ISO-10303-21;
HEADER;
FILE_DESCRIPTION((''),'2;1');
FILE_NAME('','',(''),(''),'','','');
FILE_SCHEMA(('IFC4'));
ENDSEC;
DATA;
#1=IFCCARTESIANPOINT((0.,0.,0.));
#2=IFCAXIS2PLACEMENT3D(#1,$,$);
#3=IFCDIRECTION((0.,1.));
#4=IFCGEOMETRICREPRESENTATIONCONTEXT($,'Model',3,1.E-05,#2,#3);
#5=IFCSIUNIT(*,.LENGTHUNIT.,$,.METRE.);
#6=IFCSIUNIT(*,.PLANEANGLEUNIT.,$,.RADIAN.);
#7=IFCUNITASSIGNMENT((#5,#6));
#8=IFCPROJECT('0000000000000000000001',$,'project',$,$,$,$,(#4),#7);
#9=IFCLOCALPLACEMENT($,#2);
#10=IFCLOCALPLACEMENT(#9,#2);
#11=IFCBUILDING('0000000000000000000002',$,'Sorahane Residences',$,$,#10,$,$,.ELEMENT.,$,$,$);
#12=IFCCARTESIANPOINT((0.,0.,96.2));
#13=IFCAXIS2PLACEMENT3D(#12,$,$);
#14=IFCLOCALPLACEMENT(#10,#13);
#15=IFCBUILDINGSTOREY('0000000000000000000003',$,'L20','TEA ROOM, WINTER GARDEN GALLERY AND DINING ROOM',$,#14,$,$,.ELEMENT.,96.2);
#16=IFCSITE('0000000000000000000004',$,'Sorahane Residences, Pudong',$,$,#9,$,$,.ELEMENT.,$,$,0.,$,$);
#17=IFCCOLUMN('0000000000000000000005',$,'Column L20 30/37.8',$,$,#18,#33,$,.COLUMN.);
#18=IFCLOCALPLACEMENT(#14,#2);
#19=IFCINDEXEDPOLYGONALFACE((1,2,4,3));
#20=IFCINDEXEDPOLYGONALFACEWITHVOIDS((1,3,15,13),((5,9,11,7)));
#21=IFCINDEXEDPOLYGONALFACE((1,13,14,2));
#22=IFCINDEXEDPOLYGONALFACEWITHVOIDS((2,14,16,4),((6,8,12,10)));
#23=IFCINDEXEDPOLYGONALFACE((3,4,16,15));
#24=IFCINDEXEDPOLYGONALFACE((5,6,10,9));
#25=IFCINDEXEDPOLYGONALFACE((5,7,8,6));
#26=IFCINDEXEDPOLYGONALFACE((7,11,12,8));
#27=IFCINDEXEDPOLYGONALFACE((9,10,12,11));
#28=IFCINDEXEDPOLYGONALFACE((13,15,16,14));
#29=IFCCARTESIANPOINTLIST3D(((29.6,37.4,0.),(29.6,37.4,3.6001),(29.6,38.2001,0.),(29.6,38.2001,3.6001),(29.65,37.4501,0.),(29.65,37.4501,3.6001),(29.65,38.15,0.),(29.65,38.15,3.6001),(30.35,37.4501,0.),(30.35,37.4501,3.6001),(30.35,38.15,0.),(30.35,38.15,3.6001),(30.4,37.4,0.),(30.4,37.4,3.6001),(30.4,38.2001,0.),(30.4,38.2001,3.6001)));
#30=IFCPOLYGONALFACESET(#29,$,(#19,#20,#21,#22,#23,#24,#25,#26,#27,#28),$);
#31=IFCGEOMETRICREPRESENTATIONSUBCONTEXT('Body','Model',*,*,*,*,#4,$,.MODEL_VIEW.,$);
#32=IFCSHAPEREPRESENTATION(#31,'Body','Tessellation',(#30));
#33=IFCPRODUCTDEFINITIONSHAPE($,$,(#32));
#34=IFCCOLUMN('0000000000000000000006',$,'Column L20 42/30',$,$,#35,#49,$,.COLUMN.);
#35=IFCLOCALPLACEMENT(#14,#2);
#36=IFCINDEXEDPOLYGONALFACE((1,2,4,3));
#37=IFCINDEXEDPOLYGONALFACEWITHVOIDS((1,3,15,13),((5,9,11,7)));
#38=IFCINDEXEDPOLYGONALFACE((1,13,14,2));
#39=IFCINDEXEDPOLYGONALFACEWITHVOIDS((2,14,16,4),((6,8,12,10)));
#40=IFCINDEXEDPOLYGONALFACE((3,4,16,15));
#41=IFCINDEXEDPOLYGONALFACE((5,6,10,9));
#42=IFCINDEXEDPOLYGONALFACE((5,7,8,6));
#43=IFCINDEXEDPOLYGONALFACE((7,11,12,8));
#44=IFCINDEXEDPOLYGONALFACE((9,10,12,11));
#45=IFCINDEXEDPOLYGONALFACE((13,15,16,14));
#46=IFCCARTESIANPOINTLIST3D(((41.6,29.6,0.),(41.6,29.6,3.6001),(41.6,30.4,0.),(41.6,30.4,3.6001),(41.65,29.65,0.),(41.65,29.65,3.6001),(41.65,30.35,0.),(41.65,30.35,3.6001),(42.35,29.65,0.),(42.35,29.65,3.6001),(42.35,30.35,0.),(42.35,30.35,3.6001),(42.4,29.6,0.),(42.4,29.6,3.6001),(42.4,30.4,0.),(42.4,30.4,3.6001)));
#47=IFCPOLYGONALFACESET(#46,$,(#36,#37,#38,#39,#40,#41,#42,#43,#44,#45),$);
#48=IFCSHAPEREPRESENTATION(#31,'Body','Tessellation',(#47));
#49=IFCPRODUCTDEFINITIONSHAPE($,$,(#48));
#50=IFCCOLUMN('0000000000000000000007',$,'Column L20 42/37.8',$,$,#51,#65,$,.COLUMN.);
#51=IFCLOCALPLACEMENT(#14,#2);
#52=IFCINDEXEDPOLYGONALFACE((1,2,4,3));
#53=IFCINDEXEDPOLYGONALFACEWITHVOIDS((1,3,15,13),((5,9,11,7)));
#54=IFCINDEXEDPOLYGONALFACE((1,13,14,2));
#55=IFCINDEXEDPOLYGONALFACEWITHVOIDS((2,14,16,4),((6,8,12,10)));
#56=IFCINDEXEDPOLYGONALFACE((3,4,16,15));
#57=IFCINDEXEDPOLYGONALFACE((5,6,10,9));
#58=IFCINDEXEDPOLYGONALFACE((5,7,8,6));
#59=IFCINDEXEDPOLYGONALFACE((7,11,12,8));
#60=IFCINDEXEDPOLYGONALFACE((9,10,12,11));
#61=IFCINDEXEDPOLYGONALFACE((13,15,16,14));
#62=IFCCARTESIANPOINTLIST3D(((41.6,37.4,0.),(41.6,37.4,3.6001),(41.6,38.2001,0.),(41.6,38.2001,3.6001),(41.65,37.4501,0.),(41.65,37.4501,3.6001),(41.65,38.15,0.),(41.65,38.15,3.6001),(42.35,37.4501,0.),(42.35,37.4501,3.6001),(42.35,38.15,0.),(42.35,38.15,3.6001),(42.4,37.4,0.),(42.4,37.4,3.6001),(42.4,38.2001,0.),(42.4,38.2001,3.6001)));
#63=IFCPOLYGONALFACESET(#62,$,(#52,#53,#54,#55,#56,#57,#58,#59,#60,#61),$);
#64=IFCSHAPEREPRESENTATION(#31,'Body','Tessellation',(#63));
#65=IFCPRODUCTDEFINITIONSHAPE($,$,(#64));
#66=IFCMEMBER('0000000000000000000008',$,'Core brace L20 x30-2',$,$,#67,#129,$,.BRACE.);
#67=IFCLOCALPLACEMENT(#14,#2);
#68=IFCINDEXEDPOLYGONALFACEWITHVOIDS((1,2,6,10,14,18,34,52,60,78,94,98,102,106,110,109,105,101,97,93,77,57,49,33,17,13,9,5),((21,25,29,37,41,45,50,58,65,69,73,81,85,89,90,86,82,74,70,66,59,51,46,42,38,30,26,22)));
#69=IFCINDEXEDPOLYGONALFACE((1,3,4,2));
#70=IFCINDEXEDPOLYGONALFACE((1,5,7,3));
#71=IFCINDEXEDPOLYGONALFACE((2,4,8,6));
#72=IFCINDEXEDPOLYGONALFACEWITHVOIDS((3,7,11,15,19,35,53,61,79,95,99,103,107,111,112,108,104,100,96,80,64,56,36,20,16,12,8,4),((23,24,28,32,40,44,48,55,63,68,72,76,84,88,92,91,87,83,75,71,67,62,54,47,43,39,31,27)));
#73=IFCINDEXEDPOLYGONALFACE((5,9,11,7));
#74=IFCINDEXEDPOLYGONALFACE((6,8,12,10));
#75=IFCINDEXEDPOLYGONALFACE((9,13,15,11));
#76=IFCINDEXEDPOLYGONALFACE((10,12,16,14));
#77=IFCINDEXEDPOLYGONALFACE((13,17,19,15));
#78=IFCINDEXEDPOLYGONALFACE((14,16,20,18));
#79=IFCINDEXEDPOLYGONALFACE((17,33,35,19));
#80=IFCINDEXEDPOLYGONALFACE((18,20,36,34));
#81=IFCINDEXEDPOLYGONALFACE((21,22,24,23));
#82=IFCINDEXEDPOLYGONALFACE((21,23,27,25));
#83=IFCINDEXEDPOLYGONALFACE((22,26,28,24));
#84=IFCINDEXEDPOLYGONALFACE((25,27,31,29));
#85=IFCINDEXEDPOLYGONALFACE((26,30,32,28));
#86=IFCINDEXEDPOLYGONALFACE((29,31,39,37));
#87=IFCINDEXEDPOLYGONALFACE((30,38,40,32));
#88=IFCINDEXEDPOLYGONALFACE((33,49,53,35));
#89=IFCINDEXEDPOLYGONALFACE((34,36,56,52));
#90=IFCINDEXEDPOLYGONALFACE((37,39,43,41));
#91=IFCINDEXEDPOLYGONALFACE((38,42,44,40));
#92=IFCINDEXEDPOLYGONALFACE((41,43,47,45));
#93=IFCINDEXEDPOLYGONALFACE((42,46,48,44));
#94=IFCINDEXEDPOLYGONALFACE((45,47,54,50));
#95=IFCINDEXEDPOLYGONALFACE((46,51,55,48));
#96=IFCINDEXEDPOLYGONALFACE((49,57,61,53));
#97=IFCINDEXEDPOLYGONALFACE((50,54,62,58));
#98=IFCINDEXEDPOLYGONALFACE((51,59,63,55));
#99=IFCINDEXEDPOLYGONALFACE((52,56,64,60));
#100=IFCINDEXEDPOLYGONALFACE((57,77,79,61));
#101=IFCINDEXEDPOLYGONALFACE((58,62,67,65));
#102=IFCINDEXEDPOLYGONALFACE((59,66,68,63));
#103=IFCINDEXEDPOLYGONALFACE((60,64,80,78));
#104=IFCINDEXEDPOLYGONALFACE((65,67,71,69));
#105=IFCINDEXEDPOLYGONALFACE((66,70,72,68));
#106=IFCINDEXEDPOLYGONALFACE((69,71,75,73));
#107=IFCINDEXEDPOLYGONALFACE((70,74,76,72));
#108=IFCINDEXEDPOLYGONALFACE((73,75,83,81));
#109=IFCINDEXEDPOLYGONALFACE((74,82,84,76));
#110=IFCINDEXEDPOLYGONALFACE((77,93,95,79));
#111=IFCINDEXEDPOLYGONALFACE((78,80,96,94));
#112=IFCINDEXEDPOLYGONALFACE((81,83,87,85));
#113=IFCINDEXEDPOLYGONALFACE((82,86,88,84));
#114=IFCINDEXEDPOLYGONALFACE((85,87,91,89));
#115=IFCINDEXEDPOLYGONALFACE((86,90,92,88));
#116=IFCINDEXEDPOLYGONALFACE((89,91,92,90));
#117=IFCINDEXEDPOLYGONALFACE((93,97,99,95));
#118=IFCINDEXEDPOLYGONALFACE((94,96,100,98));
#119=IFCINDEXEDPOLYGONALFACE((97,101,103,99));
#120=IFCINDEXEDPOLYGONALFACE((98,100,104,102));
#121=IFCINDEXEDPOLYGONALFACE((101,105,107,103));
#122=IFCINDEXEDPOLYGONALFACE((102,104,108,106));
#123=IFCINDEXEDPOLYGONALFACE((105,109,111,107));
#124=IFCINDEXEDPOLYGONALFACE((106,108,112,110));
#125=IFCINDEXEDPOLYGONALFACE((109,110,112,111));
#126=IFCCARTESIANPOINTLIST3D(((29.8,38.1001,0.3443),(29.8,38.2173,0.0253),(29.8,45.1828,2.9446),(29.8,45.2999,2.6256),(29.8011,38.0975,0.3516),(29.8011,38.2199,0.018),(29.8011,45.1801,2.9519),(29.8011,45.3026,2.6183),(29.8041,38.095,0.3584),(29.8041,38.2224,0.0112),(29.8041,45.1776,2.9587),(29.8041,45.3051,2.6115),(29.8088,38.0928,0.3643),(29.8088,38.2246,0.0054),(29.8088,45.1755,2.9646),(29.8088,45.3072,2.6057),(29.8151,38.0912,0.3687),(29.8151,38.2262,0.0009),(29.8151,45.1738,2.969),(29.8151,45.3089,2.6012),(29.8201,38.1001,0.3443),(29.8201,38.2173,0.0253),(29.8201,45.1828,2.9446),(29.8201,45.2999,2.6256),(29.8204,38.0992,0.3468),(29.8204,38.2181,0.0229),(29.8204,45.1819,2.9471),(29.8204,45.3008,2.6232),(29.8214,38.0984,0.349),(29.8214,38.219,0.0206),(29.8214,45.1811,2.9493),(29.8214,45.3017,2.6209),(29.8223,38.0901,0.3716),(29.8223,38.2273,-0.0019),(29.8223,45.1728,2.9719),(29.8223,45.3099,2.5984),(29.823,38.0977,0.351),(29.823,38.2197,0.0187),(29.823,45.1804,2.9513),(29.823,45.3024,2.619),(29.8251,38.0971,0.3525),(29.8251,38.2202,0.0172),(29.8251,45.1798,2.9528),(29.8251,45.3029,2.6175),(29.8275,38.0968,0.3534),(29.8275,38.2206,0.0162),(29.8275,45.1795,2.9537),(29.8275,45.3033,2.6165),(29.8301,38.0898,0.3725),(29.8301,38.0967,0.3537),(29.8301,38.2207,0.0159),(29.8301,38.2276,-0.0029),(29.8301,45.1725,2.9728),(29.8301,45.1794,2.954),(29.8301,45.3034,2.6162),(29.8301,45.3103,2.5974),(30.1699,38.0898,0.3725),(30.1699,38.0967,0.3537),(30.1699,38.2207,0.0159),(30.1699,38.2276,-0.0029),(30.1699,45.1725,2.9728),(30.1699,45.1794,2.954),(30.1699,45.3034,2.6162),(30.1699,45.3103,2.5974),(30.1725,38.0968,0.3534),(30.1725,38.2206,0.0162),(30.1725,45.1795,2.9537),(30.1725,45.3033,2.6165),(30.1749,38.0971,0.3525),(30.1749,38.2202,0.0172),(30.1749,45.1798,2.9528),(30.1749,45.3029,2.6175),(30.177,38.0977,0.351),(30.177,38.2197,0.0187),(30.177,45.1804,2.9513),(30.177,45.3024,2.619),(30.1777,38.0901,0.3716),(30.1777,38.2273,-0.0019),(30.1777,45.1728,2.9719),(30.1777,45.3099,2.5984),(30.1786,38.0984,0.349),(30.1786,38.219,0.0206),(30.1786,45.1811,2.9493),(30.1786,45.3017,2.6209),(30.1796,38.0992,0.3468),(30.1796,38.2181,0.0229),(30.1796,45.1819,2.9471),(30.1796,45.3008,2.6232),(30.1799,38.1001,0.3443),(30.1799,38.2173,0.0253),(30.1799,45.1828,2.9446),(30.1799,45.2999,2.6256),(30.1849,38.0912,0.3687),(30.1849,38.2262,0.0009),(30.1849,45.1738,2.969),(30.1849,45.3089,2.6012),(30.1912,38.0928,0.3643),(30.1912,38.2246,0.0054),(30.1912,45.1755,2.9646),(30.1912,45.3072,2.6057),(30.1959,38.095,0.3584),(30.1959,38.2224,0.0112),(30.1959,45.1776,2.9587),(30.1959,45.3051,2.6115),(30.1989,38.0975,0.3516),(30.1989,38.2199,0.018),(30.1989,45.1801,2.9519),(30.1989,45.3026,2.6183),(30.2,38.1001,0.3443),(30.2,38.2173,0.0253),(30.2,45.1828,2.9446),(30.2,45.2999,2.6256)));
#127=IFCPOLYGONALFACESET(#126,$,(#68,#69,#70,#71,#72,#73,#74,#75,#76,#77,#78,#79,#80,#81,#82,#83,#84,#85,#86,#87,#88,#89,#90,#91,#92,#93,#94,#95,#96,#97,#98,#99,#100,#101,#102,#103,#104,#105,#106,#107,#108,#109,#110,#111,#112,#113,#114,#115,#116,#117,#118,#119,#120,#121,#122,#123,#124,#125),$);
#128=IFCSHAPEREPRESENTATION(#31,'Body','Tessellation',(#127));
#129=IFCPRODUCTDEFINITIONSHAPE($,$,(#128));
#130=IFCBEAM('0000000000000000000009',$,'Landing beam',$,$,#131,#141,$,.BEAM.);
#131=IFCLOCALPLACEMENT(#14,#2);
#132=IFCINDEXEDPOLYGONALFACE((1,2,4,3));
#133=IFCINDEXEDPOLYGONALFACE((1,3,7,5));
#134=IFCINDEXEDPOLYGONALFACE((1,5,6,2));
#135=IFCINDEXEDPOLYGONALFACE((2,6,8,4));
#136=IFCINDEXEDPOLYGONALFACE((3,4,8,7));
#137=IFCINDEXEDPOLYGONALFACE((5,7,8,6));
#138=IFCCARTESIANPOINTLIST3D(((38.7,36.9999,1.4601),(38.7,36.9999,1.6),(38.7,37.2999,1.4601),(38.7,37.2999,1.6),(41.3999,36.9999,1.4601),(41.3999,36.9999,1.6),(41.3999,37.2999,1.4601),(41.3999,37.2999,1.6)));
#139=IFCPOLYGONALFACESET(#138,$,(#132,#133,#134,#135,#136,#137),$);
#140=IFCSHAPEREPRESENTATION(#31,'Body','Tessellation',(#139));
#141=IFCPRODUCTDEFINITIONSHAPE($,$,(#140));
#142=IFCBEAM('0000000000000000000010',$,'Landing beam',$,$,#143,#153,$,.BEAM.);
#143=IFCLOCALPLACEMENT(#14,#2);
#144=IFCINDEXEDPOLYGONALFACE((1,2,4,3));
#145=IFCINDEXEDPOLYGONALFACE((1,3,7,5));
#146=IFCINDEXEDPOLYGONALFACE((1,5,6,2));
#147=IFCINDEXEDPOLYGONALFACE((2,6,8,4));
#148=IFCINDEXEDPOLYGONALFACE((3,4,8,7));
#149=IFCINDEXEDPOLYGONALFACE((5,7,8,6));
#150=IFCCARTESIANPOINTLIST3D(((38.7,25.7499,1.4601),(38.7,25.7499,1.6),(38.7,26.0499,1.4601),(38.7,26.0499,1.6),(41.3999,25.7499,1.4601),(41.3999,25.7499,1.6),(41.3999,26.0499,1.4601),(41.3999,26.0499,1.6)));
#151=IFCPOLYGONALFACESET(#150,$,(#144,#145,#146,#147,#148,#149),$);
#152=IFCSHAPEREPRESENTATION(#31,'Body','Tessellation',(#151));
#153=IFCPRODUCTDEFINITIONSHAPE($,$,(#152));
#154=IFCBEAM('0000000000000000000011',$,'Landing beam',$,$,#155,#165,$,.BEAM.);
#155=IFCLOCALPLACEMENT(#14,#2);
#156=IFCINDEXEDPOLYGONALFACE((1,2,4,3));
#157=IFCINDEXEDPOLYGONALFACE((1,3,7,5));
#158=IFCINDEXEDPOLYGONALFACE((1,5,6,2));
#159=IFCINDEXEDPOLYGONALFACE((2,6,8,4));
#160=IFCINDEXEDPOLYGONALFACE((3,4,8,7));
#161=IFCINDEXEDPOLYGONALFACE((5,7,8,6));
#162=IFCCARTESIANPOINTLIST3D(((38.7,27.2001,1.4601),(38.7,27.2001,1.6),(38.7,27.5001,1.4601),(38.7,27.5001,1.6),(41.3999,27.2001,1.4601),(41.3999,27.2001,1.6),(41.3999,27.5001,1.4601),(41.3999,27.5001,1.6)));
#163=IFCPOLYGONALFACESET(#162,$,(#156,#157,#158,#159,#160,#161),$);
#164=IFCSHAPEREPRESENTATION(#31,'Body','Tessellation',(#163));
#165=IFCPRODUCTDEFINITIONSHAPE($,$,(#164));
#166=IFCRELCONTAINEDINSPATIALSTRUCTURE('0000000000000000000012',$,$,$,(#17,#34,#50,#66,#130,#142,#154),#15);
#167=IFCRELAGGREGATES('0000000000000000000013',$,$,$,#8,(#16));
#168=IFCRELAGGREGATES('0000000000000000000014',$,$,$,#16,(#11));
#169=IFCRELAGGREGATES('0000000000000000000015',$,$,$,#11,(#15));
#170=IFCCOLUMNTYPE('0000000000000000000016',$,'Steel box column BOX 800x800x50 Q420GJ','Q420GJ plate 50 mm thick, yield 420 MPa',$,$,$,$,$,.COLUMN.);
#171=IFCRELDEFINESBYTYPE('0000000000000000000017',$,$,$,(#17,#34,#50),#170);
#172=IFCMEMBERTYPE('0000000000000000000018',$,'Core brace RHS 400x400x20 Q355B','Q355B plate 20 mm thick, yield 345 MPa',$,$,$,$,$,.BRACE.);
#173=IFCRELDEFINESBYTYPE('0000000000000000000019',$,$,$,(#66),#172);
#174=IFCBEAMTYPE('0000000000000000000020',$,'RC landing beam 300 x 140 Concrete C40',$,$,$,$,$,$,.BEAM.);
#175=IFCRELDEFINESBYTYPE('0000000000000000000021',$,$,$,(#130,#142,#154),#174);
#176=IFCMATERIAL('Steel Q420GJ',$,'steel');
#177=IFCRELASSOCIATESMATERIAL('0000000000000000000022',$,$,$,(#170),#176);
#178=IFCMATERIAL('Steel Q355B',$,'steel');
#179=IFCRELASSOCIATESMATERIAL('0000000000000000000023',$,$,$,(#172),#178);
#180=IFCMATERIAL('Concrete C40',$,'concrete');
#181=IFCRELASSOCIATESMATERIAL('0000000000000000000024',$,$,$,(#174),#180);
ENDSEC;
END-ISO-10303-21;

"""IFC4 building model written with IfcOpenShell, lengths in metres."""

from ifc_helpers import new_model, si_unit, direction, frame, origin, origin_2d, place, context, subcontext, project, spatial, rectangle, hollow_rectangle, extrude, material, material_profile, profile_set, type_object, element, save


model = new_model("IFC4")

# Units and contexts
model_context = context("Model", 3, precision=1e-05, world=origin(), true_north=direction((0.0, 1.0)))
body_context = subcontext(model_context, "Body", "Model", "MODEL_VIEW")
ifc_project = project(units=[si_unit("LENGTHUNIT", "METRE"), si_unit("PLANEANGLEUNIT", "RADIAN")], contexts=[model_context])

# Site, building, storey
site_placement = place(None, origin())
site = spatial("IfcSite", under=ifc_project, at=site_placement, Name="Sorahane Residences, Pudong", CompositionType="ELEMENT", RefElevation=0.0)
building_placement = place(site_placement, origin())
building = spatial("IfcBuilding", under=site, at=building_placement, Name="Sorahane Residences", CompositionType="ELEMENT")
storey_placement = place(building_placement, frame((0.0, 0.0, 96.2)))
storey = spatial("IfcBuildingStorey", under=building, at=storey_placement, Name="L20", Description="TEA ROOM, WINTER GARDEN GALLERY AND DINING ROOM", CompositionType="ELEMENT", Elevation=96.2)

# Columns
ifc_material_1 = material(Name="Steel Q420GJ", Category="steel")
ifc_material_profile_1 = material_profile(ifc_material_1, hollow_rectangle(XDim=0.8, YDim=0.8, WallThickness=0.05, at=origin_2d()), Name="BOX 800x800x50")
ifc_profile_set_1 = profile_set([ifc_material_profile_1], Name="Steel Q420GJ")
column_type = type_object("IfcColumnType", Name="Steel box column BOX 800x800x50 Q420GJ", Description="Q420GJ plate 50 mm thick, yield 420 MPa", PredefinedType="COLUMN", material=ifc_profile_set_1)
for number, where, z_axis, x_axis, name in (
    (1, (30.0, 37.8, 0.0), (0.0, 0.0, 1.0), (1.0, 0.0, 0.0), "Column L20 30/37.8"),
    (2, (42.0, 30.0, 0.0), (0.0, 0.0, 1.0), (1.0, 0.0, 0.0), "Column L20 42/30"),
    (3, (42.0, 37.8, 0.0), (0.0, 0.0, 1.0), (1.0, 0.0, 0.0), "Column L20 42/37.8"),
):
    element("IfcColumn", number, at=place(storey_placement, frame(where, z_axis=z_axis, x_axis=x_axis)), inside=storey, type_object=column_type, Name=name, PredefinedType="COLUMN", context=body_context, shape_type="SweptSolid", body=[
        extrude(hollow_rectangle(XDim=0.8, YDim=0.8, WallThickness=0.05, at=origin_2d()), origin(), (0.0, 0.0, 1.0), 3.6001),
    ])

# Member
ifc_material_2 = material(Name="Steel Q355B", Category="steel")
ifc_material_profile_2 = material_profile(ifc_material_2, hollow_rectangle(XDim=0.3999, YDim=0.3999, WallThickness=0.02, InnerFilletRadius=0.01, OuterFilletRadius=0.03, at=origin_2d()), Name="RHS 400x400x20")
ifc_profile_set_2 = profile_set([ifc_material_profile_2], Name="Steel Q355B")
member_type = type_object("IfcMemberType", Name="Core brace RHS 400x400x20 Q355B", Description="Q355B plate 20 mm thick, yield 345 MPa", PredefinedType="BRACE", material=ifc_profile_set_2)
member_placement = place(storey_placement, frame((30.0, 38.1587, 0.1848), z_axis=(0.0, 0.938734, 0.344643), x_axis=(-1.0, 0.0, 0.0)))
element("IfcMember", 4, at=member_placement, inside=storey, type_object=member_type, Name="Core brace L20 x30-2", PredefinedType="BRACE", context=body_context, shape_type="SweptSolid", body=[
    extrude(hollow_rectangle(XDim=0.3999, YDim=0.3999, WallThickness=0.02, InnerFilletRadius=0.01, OuterFilletRadius=0.03, at=origin_2d()), origin(), (0.0, 0.0, 1.0), 7.5449),
])

# Beams
ifc_material_3 = material(Name="Concrete C40", Category="concrete")
ifc_material_profile_3 = material_profile(ifc_material_3, rectangle(XDim=0.3, YDim=0.1399, at=origin_2d()), Name="300x140")
ifc_profile_set_3 = profile_set([ifc_material_profile_3], Name="Concrete C40")
beam_type_1 = type_object("IfcBeamType", Name="RC landing beam 300 x 140 Concrete C40", PredefinedType="BEAM", material=ifc_profile_set_3)
for number, where, z_axis, x_axis, name in (
    (5, (38.7, 37.1499, 1.53), (1.0, 0.0, 0.0), (0.0, 1.0, 0.0), "Landing beam"),
    (6, (38.7, 25.8999, 1.53), (1.0, 0.0, 0.0), (0.0, 1.0, 0.0), "Landing beam"),
    (7, (38.7, 27.3501, 1.53), (1.0, 0.0, 0.0), (0.0, 1.0, 0.0), "Landing beam"),
):
    element("IfcBeam", number, at=place(storey_placement, frame(where, z_axis=z_axis, x_axis=x_axis)), inside=storey, type_object=beam_type_1, Name=name, PredefinedType="BEAM", context=body_context, shape_type="SweptSolid", body=[
        extrude(rectangle(XDim=0.3, YDim=0.1399, at=origin_2d()), origin(), (0.0, 0.0, 1.0), 2.7),
    ])

save(model, "model.ifc")
